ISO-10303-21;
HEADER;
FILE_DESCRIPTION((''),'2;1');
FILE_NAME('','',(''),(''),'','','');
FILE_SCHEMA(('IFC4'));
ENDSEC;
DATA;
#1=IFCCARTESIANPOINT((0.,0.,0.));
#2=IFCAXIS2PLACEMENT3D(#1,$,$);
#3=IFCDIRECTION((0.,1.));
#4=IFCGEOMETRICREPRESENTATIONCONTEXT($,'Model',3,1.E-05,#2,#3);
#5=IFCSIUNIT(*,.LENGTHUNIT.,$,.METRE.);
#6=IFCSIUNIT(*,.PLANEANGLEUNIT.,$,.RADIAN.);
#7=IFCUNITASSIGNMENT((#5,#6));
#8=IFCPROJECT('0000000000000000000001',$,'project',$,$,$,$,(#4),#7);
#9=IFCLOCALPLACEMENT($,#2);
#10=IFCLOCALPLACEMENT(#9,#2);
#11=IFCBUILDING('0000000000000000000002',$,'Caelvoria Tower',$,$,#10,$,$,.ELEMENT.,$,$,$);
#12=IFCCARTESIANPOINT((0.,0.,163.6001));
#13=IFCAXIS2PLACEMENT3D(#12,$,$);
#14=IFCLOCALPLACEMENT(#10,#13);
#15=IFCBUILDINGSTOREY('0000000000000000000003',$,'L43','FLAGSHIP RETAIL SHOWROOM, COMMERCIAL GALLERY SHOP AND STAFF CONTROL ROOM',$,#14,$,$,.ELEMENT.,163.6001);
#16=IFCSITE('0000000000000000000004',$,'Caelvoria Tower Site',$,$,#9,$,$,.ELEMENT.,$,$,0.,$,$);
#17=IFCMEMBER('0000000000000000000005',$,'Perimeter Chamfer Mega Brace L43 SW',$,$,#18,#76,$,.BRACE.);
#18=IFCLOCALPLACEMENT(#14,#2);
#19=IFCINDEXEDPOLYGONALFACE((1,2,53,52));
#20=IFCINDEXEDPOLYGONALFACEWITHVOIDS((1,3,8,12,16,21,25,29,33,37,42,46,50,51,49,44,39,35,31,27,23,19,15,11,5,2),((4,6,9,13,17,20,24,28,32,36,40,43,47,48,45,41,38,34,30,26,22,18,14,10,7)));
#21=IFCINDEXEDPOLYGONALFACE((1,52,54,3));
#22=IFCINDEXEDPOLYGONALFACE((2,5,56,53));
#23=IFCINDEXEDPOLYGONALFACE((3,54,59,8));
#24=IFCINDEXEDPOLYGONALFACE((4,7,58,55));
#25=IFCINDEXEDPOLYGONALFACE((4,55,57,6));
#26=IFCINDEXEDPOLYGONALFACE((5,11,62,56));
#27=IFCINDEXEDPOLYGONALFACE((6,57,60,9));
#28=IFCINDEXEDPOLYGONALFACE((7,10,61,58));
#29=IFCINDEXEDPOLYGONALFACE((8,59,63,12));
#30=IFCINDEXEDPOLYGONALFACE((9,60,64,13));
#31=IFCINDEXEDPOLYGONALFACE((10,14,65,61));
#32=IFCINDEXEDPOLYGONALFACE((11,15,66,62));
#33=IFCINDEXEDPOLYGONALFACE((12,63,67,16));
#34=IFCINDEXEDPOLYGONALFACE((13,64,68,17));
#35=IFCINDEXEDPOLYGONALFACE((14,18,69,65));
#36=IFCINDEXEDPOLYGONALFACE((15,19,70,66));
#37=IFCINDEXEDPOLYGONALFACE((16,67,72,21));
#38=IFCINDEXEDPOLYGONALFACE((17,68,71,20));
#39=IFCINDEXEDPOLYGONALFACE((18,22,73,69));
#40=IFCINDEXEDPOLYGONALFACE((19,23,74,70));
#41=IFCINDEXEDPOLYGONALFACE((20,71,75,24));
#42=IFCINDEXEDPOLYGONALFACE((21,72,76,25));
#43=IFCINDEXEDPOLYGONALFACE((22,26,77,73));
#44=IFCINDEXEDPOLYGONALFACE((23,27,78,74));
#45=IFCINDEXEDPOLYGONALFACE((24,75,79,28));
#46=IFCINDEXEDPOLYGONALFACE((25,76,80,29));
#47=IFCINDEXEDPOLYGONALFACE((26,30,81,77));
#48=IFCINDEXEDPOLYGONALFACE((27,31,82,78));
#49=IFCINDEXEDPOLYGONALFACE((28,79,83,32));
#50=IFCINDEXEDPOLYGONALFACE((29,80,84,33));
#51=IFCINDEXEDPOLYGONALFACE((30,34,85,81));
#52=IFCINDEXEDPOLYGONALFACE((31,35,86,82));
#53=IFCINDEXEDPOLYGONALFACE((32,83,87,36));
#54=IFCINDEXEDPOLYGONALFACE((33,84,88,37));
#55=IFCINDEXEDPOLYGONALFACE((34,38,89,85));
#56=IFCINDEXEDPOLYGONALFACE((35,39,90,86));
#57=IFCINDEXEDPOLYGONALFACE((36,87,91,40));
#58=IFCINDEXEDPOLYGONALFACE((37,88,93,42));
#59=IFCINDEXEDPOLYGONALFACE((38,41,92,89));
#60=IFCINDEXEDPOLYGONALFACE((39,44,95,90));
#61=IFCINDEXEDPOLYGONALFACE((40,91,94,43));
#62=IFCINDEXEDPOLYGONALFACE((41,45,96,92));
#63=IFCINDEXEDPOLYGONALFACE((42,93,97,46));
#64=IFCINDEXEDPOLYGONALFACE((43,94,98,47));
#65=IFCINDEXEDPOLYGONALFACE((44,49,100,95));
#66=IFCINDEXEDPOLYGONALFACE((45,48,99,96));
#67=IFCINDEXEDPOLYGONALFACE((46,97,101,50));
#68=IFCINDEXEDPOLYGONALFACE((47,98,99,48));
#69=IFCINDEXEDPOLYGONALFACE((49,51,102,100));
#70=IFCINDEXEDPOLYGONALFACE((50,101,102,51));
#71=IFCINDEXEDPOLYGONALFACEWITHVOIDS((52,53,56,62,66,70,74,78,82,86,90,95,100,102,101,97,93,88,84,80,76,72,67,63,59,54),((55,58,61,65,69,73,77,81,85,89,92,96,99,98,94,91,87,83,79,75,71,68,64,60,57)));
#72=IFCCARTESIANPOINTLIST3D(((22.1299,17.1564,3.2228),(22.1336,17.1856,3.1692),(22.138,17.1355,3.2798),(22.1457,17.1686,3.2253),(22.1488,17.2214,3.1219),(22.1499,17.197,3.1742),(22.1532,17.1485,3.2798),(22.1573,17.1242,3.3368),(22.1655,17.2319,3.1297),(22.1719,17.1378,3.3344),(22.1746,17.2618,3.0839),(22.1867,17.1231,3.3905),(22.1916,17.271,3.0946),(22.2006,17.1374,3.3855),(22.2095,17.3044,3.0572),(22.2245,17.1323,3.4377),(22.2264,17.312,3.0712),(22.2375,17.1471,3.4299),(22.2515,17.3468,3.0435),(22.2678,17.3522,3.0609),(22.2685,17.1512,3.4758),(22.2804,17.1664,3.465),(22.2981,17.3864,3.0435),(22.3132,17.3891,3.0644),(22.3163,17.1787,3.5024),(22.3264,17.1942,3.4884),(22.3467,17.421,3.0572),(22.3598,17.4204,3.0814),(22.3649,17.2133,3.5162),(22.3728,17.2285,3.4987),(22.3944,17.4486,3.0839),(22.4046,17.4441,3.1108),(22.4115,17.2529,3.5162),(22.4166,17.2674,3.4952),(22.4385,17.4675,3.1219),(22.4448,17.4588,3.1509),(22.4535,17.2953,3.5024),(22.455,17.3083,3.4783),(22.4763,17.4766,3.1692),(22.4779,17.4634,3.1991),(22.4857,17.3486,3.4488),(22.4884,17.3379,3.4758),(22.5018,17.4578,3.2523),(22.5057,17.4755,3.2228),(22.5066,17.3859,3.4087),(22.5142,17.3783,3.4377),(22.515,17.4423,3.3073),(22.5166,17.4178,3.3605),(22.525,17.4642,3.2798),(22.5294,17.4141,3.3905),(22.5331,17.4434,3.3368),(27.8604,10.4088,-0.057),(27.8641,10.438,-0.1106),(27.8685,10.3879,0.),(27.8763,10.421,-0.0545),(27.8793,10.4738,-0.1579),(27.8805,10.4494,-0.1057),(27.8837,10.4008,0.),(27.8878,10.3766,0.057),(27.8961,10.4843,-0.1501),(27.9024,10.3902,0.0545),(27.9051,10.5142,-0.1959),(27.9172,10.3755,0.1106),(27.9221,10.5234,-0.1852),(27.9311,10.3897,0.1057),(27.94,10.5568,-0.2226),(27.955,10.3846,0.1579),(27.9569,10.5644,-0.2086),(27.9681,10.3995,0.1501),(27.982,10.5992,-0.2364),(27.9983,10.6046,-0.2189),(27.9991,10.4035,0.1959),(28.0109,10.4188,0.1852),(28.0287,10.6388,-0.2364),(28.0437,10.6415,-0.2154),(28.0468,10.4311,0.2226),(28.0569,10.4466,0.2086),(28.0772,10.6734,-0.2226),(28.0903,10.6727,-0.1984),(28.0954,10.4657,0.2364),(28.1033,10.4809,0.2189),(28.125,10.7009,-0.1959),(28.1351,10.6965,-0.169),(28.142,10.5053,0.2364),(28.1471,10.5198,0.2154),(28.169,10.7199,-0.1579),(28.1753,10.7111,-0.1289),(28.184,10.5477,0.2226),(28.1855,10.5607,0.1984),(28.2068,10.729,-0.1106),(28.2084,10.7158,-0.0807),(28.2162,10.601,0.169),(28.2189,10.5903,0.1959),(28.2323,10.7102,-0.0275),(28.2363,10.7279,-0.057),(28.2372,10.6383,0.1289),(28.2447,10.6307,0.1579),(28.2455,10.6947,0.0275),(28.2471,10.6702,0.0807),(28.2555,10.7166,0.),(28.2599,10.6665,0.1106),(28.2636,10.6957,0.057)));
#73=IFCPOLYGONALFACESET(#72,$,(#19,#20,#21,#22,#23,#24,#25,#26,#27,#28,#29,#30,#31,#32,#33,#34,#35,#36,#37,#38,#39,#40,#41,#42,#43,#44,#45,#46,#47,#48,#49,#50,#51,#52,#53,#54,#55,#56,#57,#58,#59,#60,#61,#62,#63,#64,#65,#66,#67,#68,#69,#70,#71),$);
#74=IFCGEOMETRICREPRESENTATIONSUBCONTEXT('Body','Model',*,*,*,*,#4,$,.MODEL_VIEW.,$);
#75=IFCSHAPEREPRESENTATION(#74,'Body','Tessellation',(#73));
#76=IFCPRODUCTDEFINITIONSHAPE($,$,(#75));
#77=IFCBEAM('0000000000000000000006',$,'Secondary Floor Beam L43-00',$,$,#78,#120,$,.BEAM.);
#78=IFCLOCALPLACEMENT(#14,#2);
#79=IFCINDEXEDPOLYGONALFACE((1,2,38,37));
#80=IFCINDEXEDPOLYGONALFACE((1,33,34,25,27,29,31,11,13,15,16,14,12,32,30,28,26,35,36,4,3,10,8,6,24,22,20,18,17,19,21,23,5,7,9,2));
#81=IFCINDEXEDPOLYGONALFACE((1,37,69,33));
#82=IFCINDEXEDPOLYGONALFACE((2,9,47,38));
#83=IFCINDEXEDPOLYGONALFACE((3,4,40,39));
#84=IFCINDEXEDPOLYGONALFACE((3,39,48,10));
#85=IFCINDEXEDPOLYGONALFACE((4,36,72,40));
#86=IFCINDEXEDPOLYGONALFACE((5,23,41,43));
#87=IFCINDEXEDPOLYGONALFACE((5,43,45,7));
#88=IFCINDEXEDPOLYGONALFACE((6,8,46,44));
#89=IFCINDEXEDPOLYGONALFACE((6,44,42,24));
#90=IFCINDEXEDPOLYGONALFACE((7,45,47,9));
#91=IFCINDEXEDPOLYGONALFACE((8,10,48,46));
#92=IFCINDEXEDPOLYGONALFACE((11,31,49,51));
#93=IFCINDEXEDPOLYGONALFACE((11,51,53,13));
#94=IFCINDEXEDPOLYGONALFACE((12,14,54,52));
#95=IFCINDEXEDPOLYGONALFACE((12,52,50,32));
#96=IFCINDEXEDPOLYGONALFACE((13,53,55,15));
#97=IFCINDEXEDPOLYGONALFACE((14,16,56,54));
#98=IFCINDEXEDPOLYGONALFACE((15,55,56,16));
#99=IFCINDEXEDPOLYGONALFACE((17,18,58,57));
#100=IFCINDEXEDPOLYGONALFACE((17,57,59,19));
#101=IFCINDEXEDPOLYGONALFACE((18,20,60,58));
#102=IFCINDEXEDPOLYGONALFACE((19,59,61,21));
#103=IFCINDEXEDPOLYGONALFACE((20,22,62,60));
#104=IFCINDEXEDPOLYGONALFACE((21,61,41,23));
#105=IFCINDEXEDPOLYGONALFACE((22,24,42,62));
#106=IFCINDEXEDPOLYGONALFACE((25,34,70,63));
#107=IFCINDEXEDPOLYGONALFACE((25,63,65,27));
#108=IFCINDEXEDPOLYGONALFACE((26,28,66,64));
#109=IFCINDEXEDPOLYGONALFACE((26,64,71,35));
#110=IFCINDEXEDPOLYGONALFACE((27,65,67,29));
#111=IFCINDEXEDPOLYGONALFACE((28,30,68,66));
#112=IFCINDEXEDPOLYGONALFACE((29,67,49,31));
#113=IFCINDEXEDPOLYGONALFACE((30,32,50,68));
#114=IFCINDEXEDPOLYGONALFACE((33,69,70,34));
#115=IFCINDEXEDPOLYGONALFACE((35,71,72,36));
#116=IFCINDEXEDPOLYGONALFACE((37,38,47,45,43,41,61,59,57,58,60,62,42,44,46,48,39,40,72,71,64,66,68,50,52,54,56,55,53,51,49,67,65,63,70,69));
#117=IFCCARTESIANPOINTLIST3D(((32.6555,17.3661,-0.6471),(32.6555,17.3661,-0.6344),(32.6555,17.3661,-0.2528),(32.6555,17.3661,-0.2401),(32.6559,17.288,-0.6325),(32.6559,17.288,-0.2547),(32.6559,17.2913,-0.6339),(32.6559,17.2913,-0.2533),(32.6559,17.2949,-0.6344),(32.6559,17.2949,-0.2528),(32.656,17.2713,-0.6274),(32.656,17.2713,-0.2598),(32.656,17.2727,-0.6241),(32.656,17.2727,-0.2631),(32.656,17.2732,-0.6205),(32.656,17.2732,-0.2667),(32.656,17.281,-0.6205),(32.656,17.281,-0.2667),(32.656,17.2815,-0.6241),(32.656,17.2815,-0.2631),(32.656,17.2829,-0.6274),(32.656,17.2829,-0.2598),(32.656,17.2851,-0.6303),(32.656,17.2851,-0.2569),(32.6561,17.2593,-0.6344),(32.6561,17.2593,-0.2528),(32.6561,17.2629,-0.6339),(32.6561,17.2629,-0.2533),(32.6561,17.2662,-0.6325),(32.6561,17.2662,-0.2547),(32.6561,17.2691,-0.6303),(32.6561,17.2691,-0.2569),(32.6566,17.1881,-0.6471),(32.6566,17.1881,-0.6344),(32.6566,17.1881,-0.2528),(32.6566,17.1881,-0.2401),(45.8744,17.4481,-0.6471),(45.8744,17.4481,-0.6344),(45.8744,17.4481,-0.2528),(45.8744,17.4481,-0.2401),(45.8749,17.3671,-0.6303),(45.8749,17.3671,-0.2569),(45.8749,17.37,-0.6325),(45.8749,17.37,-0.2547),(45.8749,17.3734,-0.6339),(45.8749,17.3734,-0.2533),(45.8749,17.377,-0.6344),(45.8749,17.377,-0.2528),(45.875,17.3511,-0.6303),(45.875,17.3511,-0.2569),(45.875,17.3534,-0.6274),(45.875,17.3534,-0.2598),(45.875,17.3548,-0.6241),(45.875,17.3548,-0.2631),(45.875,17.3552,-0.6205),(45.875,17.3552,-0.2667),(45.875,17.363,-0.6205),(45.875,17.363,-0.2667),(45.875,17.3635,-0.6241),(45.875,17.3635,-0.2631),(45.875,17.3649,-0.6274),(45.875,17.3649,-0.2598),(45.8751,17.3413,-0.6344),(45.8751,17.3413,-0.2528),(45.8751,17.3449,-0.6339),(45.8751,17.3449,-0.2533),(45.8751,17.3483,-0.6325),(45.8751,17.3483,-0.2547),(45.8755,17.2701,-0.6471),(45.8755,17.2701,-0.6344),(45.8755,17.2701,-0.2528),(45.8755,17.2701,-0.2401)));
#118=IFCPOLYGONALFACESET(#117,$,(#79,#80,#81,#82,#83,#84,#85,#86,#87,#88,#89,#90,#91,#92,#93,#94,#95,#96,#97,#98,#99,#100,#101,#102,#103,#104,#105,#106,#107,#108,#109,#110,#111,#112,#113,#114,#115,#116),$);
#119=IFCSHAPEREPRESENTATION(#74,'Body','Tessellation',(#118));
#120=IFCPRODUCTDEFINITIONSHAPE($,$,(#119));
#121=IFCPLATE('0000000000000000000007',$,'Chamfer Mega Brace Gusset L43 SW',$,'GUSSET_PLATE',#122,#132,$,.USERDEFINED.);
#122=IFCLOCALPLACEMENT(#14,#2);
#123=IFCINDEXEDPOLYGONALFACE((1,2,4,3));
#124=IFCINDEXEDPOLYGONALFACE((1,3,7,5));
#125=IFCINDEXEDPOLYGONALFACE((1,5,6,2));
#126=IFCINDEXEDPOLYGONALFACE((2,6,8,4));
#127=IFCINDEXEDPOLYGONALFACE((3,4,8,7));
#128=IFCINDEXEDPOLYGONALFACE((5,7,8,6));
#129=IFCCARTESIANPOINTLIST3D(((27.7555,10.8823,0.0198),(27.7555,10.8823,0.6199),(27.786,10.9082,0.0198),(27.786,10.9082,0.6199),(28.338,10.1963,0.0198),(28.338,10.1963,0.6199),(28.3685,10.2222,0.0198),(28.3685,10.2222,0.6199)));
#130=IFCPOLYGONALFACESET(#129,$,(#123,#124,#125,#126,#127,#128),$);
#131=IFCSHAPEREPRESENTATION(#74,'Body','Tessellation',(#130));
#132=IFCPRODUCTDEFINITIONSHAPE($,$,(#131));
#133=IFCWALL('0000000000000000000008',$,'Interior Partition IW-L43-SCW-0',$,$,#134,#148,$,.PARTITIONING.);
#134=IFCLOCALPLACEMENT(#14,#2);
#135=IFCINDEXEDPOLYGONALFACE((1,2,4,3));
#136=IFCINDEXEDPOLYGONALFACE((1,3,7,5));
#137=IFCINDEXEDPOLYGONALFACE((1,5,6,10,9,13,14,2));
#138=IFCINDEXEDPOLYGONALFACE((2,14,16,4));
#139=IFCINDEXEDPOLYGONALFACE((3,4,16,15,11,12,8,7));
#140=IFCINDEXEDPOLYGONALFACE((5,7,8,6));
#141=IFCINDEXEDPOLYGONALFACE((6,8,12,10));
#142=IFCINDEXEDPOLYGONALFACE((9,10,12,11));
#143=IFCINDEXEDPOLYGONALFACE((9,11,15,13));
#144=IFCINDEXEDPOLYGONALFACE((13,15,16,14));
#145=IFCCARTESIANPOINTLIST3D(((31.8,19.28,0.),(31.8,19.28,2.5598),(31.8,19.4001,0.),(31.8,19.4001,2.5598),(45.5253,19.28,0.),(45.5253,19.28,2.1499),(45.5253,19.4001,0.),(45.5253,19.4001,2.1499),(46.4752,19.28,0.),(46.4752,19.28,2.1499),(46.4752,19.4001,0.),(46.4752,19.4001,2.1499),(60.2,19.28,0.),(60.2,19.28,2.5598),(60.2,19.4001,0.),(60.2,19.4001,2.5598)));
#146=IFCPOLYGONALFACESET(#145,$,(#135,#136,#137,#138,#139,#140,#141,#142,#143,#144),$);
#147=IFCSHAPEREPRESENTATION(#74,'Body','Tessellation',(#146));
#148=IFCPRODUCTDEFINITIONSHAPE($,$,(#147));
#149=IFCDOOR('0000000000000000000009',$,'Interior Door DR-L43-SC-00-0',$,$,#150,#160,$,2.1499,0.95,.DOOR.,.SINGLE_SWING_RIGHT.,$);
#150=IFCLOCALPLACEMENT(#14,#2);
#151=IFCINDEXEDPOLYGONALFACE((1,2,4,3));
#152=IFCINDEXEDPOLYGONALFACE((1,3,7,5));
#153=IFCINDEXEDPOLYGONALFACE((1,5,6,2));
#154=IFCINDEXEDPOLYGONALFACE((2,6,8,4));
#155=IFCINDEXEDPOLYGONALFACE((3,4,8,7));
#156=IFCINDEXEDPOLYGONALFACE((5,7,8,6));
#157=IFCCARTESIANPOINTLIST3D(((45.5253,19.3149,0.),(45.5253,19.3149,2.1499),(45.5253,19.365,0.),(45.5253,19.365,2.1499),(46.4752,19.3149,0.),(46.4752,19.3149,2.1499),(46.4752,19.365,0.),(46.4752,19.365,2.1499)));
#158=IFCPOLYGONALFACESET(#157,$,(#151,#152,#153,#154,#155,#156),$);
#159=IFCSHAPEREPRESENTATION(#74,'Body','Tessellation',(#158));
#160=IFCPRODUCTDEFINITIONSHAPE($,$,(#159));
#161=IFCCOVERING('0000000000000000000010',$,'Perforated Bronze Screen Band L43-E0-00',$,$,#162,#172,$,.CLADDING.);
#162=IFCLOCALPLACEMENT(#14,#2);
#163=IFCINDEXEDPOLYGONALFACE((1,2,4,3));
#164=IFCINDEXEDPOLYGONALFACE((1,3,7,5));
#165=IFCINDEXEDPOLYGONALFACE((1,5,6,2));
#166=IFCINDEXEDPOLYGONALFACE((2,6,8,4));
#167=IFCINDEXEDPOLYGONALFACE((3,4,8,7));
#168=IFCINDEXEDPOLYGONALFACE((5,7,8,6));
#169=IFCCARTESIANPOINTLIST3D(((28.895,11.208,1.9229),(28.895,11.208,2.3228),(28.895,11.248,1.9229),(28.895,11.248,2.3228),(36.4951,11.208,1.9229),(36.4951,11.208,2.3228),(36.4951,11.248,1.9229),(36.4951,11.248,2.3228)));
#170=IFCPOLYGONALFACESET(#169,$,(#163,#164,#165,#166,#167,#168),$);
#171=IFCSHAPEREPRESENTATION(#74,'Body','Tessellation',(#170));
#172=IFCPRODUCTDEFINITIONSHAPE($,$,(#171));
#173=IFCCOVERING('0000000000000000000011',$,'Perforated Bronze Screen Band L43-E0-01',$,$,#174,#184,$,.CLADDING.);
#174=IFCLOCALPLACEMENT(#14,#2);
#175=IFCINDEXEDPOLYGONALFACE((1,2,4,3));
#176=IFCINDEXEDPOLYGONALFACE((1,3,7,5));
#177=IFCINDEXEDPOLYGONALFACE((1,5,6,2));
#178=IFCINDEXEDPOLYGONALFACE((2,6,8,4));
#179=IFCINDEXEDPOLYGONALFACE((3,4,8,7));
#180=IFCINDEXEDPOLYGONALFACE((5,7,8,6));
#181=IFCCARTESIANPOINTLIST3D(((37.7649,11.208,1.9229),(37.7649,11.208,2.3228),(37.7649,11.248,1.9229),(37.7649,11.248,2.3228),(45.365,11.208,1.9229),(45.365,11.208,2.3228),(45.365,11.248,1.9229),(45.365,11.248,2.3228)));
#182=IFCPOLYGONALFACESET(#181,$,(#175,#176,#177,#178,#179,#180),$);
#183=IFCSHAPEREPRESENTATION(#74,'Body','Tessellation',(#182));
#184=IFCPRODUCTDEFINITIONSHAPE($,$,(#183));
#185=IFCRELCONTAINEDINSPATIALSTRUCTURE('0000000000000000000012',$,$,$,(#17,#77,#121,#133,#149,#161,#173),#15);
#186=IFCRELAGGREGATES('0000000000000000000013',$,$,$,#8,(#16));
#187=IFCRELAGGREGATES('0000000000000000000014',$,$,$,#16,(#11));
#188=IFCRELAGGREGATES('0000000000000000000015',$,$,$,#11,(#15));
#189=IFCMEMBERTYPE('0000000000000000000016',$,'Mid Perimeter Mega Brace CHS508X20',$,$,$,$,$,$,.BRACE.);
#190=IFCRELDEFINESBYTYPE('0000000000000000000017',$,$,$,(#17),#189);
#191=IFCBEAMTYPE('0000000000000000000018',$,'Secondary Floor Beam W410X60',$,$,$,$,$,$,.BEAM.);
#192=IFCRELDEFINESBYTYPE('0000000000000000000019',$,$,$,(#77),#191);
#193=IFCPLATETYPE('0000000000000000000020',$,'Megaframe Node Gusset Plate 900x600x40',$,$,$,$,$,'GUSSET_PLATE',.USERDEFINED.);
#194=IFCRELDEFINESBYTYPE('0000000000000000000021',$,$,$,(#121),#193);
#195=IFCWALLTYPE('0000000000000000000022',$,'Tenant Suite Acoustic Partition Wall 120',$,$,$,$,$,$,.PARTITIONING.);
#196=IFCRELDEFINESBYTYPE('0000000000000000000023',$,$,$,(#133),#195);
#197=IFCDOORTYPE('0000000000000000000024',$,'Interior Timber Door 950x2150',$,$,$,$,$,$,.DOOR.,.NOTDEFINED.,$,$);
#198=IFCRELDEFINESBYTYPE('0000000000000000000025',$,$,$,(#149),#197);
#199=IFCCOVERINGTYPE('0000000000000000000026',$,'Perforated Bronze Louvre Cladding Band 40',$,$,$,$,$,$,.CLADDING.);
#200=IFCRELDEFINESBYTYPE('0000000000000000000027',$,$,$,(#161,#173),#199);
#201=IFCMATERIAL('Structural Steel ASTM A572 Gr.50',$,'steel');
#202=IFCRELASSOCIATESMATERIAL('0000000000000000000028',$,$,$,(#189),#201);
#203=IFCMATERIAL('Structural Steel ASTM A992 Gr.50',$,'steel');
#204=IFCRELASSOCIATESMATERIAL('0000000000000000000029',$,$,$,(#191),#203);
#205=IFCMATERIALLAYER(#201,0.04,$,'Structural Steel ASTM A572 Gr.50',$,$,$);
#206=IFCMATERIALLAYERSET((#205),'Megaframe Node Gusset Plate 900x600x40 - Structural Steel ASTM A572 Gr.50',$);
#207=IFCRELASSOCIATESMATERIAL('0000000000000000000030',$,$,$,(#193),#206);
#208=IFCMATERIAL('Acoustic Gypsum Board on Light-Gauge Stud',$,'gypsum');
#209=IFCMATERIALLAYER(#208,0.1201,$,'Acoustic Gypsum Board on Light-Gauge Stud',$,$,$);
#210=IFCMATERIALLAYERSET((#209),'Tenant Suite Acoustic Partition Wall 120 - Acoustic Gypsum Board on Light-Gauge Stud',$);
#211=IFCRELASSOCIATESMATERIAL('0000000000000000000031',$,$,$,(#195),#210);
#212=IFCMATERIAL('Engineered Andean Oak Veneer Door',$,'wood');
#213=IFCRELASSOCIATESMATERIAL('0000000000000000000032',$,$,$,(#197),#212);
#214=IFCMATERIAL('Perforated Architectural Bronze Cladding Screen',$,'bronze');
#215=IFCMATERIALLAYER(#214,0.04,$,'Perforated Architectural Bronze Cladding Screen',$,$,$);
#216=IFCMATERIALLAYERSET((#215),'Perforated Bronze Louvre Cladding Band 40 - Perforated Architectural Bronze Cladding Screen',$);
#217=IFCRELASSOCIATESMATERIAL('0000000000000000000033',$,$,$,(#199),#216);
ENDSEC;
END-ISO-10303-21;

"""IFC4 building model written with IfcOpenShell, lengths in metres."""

from ifc_helpers import new_model, si_unit, direction, frame, frame_2d, origin, origin_2d, place, context, subcontext, project, spatial, rectangle, hollow_circle, i_section, extrude, material, layer, layer_set, material_profile, profile_set, type_object, element, fill, save


model = new_model("IFC4")

# Units and contexts
model_context = context("Model", 3, precision=1e-05, world=origin(), true_north=direction((0.0, 1.0)))
body_context = subcontext(model_context, "Body", "Model", "MODEL_VIEW")
ifc_project = project(units=[si_unit("LENGTHUNIT", "METRE"), si_unit("PLANEANGLEUNIT", "RADIAN")], contexts=[model_context])

# Site, building, storey
site_placement = place(None, origin())
site = spatial("IfcSite", under=ifc_project, at=site_placement, Name="Caelvoria Tower Site", CompositionType="ELEMENT", RefElevation=0.0)
building_placement = place(site_placement, origin())
building = spatial("IfcBuilding", under=site, at=building_placement, Name="Caelvoria Tower", CompositionType="ELEMENT")
storey_placement = place(building_placement, frame((0.0, 0.0, 163.6001)))
storey = spatial("IfcBuildingStorey", under=building, at=storey_placement, Name="L43", Description="FLAGSHIP RETAIL SHOWROOM, COMMERCIAL GALLERY SHOP AND STAFF CONTROL ROOM", CompositionType="ELEMENT", Elevation=163.6001)

# Member
ifc_material_1 = material(Name="Structural Steel ASTM A572 Gr.50", Category="steel")
ifc_material_profile_1 = material_profile(ifc_material_1, hollow_circle(Radius=0.2539, WallThickness=0.02, at=origin_2d()), Name="Structural Steel ASTM A572 Gr.50")
ifc_profile_set_1 = profile_set([ifc_material_profile_1], Name="CHS508X20 - Structural Steel ASTM A572 Gr.50")
member_type = type_object("IfcMemberType", Name="Mid Perimeter Mega Brace CHS508X20", PredefinedType="BRACE", material=ifc_profile_set_1)
member_placement = place(storey_placement, frame((28.062, 10.5522, 0.0), z_axis=(-0.607003, 0.714739, 0.347413), x_axis=(-0.762216, -0.647323, 0.0)))
element("IfcMember", 1, at=member_placement, inside=storey, type_object=member_type, Name="Perimeter Chamfer Mega Brace L43 SW", PredefinedType="BRACE", context=body_context, shape_type="SweptSolid", body=[
    extrude(hollow_circle(Radius=0.2539, WallThickness=0.02, at=origin_2d()), origin(), (0.0, 0.0, 1.0), 9.4407),
])

# Beam
ifc_material_2 = material(Name="Structural Steel ASTM A992 Gr.50", Category="steel")
ifc_material_profile_2 = material_profile(ifc_material_2, i_section(OverallWidth=0.178, OverallDepth=0.407, WebThickness=0.0078, FlangeThickness=0.0127, FilletRadius=0.0139, at=origin_2d()), Name="Structural Steel ASTM A992 Gr.50")
ifc_profile_set_2 = profile_set([ifc_material_profile_2], Name="W410X60 - Structural Steel ASTM A992 Gr.50")
beam_type = type_object("IfcBeamType", Name="Secondary Floor Beam W410X60", PredefinedType="BEAM", material=ifc_profile_set_2)
beam_placement = place(storey_placement, frame((32.656, 17.2771, -0.4436), z_axis=(0.999981, 0.006205, 0.0), x_axis=(-0.006205, 0.999981, 0.0)))
element("IfcBeam", 2, at=beam_placement, inside=storey, type_object=beam_type, Name="Secondary Floor Beam L43-00", PredefinedType="BEAM", context=body_context, shape_type="SweptSolid", body=[
    extrude(i_section(OverallWidth=0.178, OverallDepth=0.407, WebThickness=0.0078, FlangeThickness=0.0127, FilletRadius=0.0139, at=origin_2d()), origin(), (0.0, 0.0, 1.0), 13.2192),
])

# Plate
ifc_layer_1 = layer(ifc_material_1, 0.04, Name="Structural Steel ASTM A572 Gr.50")
ifc_layer_set_1 = layer_set([ifc_layer_1], Name="Megaframe Node Gusset Plate 900x600x40 - Structural Steel ASTM A572 Gr.50")
plate_type = type_object("IfcPlateType", Name="Megaframe Node Gusset Plate 900x600x40", ElementType="GUSSET_PLATE", PredefinedType="USERDEFINED", material=ifc_layer_set_1)
plate_placement = place(storey_placement, frame((28.062, 10.5522, 0.0198), z_axis=(0.0, 0.0, 1.0), x_axis=(-0.64731, 0.762227, 0.0)))
element("IfcPlate", 3, at=plate_placement, inside=storey, type_object=plate_type, Name="Chamfer Mega Brace Gusset L43 SW", ObjectType="GUSSET_PLATE", PredefinedType="USERDEFINED", context=body_context, shape_type="SweptSolid", body=[
    extrude(rectangle(XDim=0.8999, YDim=0.04, at=origin_2d()), origin(), (0.0, 0.0, 1.0), 0.6001),
])

# Wall, opening, door
ifc_material_3 = material(Name="Acoustic Gypsum Board on Light-Gauge Stud", Category="gypsum")
ifc_layer_2 = layer(ifc_material_3, 0.1201, Name="Acoustic Gypsum Board on Light-Gauge Stud")
ifc_layer_set_2 = layer_set([ifc_layer_2], Name="Tenant Suite Acoustic Partition Wall 120 - Acoustic Gypsum Board on Light-Gauge Stud")
wall_type = type_object("IfcWallType", Name="Tenant Suite Acoustic Partition Wall 120", PredefinedType="PARTITIONING", material=ifc_layer_set_2)
wall_placement = place(storey_placement, frame((31.8, 19.3401, 0.0), z_axis=(0.0, 0.0, 1.0), x_axis=(1.0, 0.0, 0.0)))
wall = element("IfcWall", 4, at=wall_placement, inside=storey, type_object=wall_type, Name="Interior Partition IW-L43-SCW-0", PredefinedType="PARTITIONING", context=body_context, shape_type="SweptSolid", body=[
    extrude(rectangle(XDim=28.3999, YDim=0.1201, at=frame_2d((14.2, 0.0))), origin(), (0.0, 0.0, 1.0), 2.5598),
])
opening_placement = place(wall_placement, frame((13.7251, 0.0, 0.0)))
opening = element("IfcOpeningElement", 5, at=opening_placement, cuts=wall, PredefinedType="OPENING", context=body_context, shape_type="SweptSolid", body=[
    extrude(rectangle(XDim=0.95, YDim=2.1499, at=frame_2d((0.4751, 1.075))), frame((0.0, 0.0701, 0.0), z_axis=(0.0, -1.0, 0.0), x_axis=(1.0, 0.0, 0.0)), (0.0, 0.0, 1.0), 0.1401),
])
ifc_material_4 = material(Name="Engineered Andean Oak Veneer Door", Category="wood")
door_type = type_object("IfcDoorType", Name="Interior Timber Door 950x2150", OperationType="NOTDEFINED", PredefinedType="DOOR", material=ifc_material_4)
door_placement = place(opening_placement, origin())
door = element("IfcDoor", 6, at=door_placement, inside=storey, type_object=door_type, Name="Interior Door DR-L43-SC-00-0", OperationType="SINGLE_SWING_RIGHT", OverallHeight=2.1499, OverallWidth=0.95, PredefinedType="DOOR", context=body_context, shape_type="SweptSolid", body=[
    extrude(rectangle(XDim=0.95, YDim=2.1499, at=frame_2d((0.4751, 1.075))), frame((0.0, 0.0249, 0.0), z_axis=(0.0, -1.0, 0.0), x_axis=(1.0, 0.0, 0.0)), (0.0, 0.0, 1.0), 0.05),
])
fill(opening, door)

# Coverings
ifc_material_5 = material(Name="Perforated Architectural Bronze Cladding Screen", Category="bronze")
ifc_layer_3 = layer(ifc_material_5, 0.04, Name="Perforated Architectural Bronze Cladding Screen")
ifc_layer_set_3 = layer_set([ifc_layer_3], Name="Perforated Bronze Louvre Cladding Band 40 - Perforated Architectural Bronze Cladding Screen")
covering_type = type_object("IfcCoveringType", Name="Perforated Bronze Louvre Cladding Band 40", PredefinedType="CLADDING", material=ifc_layer_set_3)
for number, where, z_axis, x_axis, name in (
    (7, (32.6951, 11.228, 1.9229), (0.0, 0.0, 1.0), (1.0, 0.0, 0.0), "Perforated Bronze Screen Band L43-E0-00"),
    (8, (41.5649, 11.228, 1.9229), (0.0, 0.0, 1.0), (1.0, 0.0, 0.0), "Perforated Bronze Screen Band L43-E0-01"),
):
    element("IfcCovering", number, at=place(storey_placement, frame(where, z_axis=z_axis, x_axis=x_axis)), inside=storey, type_object=covering_type, Name=name, PredefinedType="CLADDING", context=body_context, shape_type="SweptSolid", body=[
        extrude(rectangle(XDim=7.6001, YDim=0.04, at=origin_2d()), origin(), (0.0, 0.0, 1.0), 0.3999),
    ])

save(model, "model.ifc")
